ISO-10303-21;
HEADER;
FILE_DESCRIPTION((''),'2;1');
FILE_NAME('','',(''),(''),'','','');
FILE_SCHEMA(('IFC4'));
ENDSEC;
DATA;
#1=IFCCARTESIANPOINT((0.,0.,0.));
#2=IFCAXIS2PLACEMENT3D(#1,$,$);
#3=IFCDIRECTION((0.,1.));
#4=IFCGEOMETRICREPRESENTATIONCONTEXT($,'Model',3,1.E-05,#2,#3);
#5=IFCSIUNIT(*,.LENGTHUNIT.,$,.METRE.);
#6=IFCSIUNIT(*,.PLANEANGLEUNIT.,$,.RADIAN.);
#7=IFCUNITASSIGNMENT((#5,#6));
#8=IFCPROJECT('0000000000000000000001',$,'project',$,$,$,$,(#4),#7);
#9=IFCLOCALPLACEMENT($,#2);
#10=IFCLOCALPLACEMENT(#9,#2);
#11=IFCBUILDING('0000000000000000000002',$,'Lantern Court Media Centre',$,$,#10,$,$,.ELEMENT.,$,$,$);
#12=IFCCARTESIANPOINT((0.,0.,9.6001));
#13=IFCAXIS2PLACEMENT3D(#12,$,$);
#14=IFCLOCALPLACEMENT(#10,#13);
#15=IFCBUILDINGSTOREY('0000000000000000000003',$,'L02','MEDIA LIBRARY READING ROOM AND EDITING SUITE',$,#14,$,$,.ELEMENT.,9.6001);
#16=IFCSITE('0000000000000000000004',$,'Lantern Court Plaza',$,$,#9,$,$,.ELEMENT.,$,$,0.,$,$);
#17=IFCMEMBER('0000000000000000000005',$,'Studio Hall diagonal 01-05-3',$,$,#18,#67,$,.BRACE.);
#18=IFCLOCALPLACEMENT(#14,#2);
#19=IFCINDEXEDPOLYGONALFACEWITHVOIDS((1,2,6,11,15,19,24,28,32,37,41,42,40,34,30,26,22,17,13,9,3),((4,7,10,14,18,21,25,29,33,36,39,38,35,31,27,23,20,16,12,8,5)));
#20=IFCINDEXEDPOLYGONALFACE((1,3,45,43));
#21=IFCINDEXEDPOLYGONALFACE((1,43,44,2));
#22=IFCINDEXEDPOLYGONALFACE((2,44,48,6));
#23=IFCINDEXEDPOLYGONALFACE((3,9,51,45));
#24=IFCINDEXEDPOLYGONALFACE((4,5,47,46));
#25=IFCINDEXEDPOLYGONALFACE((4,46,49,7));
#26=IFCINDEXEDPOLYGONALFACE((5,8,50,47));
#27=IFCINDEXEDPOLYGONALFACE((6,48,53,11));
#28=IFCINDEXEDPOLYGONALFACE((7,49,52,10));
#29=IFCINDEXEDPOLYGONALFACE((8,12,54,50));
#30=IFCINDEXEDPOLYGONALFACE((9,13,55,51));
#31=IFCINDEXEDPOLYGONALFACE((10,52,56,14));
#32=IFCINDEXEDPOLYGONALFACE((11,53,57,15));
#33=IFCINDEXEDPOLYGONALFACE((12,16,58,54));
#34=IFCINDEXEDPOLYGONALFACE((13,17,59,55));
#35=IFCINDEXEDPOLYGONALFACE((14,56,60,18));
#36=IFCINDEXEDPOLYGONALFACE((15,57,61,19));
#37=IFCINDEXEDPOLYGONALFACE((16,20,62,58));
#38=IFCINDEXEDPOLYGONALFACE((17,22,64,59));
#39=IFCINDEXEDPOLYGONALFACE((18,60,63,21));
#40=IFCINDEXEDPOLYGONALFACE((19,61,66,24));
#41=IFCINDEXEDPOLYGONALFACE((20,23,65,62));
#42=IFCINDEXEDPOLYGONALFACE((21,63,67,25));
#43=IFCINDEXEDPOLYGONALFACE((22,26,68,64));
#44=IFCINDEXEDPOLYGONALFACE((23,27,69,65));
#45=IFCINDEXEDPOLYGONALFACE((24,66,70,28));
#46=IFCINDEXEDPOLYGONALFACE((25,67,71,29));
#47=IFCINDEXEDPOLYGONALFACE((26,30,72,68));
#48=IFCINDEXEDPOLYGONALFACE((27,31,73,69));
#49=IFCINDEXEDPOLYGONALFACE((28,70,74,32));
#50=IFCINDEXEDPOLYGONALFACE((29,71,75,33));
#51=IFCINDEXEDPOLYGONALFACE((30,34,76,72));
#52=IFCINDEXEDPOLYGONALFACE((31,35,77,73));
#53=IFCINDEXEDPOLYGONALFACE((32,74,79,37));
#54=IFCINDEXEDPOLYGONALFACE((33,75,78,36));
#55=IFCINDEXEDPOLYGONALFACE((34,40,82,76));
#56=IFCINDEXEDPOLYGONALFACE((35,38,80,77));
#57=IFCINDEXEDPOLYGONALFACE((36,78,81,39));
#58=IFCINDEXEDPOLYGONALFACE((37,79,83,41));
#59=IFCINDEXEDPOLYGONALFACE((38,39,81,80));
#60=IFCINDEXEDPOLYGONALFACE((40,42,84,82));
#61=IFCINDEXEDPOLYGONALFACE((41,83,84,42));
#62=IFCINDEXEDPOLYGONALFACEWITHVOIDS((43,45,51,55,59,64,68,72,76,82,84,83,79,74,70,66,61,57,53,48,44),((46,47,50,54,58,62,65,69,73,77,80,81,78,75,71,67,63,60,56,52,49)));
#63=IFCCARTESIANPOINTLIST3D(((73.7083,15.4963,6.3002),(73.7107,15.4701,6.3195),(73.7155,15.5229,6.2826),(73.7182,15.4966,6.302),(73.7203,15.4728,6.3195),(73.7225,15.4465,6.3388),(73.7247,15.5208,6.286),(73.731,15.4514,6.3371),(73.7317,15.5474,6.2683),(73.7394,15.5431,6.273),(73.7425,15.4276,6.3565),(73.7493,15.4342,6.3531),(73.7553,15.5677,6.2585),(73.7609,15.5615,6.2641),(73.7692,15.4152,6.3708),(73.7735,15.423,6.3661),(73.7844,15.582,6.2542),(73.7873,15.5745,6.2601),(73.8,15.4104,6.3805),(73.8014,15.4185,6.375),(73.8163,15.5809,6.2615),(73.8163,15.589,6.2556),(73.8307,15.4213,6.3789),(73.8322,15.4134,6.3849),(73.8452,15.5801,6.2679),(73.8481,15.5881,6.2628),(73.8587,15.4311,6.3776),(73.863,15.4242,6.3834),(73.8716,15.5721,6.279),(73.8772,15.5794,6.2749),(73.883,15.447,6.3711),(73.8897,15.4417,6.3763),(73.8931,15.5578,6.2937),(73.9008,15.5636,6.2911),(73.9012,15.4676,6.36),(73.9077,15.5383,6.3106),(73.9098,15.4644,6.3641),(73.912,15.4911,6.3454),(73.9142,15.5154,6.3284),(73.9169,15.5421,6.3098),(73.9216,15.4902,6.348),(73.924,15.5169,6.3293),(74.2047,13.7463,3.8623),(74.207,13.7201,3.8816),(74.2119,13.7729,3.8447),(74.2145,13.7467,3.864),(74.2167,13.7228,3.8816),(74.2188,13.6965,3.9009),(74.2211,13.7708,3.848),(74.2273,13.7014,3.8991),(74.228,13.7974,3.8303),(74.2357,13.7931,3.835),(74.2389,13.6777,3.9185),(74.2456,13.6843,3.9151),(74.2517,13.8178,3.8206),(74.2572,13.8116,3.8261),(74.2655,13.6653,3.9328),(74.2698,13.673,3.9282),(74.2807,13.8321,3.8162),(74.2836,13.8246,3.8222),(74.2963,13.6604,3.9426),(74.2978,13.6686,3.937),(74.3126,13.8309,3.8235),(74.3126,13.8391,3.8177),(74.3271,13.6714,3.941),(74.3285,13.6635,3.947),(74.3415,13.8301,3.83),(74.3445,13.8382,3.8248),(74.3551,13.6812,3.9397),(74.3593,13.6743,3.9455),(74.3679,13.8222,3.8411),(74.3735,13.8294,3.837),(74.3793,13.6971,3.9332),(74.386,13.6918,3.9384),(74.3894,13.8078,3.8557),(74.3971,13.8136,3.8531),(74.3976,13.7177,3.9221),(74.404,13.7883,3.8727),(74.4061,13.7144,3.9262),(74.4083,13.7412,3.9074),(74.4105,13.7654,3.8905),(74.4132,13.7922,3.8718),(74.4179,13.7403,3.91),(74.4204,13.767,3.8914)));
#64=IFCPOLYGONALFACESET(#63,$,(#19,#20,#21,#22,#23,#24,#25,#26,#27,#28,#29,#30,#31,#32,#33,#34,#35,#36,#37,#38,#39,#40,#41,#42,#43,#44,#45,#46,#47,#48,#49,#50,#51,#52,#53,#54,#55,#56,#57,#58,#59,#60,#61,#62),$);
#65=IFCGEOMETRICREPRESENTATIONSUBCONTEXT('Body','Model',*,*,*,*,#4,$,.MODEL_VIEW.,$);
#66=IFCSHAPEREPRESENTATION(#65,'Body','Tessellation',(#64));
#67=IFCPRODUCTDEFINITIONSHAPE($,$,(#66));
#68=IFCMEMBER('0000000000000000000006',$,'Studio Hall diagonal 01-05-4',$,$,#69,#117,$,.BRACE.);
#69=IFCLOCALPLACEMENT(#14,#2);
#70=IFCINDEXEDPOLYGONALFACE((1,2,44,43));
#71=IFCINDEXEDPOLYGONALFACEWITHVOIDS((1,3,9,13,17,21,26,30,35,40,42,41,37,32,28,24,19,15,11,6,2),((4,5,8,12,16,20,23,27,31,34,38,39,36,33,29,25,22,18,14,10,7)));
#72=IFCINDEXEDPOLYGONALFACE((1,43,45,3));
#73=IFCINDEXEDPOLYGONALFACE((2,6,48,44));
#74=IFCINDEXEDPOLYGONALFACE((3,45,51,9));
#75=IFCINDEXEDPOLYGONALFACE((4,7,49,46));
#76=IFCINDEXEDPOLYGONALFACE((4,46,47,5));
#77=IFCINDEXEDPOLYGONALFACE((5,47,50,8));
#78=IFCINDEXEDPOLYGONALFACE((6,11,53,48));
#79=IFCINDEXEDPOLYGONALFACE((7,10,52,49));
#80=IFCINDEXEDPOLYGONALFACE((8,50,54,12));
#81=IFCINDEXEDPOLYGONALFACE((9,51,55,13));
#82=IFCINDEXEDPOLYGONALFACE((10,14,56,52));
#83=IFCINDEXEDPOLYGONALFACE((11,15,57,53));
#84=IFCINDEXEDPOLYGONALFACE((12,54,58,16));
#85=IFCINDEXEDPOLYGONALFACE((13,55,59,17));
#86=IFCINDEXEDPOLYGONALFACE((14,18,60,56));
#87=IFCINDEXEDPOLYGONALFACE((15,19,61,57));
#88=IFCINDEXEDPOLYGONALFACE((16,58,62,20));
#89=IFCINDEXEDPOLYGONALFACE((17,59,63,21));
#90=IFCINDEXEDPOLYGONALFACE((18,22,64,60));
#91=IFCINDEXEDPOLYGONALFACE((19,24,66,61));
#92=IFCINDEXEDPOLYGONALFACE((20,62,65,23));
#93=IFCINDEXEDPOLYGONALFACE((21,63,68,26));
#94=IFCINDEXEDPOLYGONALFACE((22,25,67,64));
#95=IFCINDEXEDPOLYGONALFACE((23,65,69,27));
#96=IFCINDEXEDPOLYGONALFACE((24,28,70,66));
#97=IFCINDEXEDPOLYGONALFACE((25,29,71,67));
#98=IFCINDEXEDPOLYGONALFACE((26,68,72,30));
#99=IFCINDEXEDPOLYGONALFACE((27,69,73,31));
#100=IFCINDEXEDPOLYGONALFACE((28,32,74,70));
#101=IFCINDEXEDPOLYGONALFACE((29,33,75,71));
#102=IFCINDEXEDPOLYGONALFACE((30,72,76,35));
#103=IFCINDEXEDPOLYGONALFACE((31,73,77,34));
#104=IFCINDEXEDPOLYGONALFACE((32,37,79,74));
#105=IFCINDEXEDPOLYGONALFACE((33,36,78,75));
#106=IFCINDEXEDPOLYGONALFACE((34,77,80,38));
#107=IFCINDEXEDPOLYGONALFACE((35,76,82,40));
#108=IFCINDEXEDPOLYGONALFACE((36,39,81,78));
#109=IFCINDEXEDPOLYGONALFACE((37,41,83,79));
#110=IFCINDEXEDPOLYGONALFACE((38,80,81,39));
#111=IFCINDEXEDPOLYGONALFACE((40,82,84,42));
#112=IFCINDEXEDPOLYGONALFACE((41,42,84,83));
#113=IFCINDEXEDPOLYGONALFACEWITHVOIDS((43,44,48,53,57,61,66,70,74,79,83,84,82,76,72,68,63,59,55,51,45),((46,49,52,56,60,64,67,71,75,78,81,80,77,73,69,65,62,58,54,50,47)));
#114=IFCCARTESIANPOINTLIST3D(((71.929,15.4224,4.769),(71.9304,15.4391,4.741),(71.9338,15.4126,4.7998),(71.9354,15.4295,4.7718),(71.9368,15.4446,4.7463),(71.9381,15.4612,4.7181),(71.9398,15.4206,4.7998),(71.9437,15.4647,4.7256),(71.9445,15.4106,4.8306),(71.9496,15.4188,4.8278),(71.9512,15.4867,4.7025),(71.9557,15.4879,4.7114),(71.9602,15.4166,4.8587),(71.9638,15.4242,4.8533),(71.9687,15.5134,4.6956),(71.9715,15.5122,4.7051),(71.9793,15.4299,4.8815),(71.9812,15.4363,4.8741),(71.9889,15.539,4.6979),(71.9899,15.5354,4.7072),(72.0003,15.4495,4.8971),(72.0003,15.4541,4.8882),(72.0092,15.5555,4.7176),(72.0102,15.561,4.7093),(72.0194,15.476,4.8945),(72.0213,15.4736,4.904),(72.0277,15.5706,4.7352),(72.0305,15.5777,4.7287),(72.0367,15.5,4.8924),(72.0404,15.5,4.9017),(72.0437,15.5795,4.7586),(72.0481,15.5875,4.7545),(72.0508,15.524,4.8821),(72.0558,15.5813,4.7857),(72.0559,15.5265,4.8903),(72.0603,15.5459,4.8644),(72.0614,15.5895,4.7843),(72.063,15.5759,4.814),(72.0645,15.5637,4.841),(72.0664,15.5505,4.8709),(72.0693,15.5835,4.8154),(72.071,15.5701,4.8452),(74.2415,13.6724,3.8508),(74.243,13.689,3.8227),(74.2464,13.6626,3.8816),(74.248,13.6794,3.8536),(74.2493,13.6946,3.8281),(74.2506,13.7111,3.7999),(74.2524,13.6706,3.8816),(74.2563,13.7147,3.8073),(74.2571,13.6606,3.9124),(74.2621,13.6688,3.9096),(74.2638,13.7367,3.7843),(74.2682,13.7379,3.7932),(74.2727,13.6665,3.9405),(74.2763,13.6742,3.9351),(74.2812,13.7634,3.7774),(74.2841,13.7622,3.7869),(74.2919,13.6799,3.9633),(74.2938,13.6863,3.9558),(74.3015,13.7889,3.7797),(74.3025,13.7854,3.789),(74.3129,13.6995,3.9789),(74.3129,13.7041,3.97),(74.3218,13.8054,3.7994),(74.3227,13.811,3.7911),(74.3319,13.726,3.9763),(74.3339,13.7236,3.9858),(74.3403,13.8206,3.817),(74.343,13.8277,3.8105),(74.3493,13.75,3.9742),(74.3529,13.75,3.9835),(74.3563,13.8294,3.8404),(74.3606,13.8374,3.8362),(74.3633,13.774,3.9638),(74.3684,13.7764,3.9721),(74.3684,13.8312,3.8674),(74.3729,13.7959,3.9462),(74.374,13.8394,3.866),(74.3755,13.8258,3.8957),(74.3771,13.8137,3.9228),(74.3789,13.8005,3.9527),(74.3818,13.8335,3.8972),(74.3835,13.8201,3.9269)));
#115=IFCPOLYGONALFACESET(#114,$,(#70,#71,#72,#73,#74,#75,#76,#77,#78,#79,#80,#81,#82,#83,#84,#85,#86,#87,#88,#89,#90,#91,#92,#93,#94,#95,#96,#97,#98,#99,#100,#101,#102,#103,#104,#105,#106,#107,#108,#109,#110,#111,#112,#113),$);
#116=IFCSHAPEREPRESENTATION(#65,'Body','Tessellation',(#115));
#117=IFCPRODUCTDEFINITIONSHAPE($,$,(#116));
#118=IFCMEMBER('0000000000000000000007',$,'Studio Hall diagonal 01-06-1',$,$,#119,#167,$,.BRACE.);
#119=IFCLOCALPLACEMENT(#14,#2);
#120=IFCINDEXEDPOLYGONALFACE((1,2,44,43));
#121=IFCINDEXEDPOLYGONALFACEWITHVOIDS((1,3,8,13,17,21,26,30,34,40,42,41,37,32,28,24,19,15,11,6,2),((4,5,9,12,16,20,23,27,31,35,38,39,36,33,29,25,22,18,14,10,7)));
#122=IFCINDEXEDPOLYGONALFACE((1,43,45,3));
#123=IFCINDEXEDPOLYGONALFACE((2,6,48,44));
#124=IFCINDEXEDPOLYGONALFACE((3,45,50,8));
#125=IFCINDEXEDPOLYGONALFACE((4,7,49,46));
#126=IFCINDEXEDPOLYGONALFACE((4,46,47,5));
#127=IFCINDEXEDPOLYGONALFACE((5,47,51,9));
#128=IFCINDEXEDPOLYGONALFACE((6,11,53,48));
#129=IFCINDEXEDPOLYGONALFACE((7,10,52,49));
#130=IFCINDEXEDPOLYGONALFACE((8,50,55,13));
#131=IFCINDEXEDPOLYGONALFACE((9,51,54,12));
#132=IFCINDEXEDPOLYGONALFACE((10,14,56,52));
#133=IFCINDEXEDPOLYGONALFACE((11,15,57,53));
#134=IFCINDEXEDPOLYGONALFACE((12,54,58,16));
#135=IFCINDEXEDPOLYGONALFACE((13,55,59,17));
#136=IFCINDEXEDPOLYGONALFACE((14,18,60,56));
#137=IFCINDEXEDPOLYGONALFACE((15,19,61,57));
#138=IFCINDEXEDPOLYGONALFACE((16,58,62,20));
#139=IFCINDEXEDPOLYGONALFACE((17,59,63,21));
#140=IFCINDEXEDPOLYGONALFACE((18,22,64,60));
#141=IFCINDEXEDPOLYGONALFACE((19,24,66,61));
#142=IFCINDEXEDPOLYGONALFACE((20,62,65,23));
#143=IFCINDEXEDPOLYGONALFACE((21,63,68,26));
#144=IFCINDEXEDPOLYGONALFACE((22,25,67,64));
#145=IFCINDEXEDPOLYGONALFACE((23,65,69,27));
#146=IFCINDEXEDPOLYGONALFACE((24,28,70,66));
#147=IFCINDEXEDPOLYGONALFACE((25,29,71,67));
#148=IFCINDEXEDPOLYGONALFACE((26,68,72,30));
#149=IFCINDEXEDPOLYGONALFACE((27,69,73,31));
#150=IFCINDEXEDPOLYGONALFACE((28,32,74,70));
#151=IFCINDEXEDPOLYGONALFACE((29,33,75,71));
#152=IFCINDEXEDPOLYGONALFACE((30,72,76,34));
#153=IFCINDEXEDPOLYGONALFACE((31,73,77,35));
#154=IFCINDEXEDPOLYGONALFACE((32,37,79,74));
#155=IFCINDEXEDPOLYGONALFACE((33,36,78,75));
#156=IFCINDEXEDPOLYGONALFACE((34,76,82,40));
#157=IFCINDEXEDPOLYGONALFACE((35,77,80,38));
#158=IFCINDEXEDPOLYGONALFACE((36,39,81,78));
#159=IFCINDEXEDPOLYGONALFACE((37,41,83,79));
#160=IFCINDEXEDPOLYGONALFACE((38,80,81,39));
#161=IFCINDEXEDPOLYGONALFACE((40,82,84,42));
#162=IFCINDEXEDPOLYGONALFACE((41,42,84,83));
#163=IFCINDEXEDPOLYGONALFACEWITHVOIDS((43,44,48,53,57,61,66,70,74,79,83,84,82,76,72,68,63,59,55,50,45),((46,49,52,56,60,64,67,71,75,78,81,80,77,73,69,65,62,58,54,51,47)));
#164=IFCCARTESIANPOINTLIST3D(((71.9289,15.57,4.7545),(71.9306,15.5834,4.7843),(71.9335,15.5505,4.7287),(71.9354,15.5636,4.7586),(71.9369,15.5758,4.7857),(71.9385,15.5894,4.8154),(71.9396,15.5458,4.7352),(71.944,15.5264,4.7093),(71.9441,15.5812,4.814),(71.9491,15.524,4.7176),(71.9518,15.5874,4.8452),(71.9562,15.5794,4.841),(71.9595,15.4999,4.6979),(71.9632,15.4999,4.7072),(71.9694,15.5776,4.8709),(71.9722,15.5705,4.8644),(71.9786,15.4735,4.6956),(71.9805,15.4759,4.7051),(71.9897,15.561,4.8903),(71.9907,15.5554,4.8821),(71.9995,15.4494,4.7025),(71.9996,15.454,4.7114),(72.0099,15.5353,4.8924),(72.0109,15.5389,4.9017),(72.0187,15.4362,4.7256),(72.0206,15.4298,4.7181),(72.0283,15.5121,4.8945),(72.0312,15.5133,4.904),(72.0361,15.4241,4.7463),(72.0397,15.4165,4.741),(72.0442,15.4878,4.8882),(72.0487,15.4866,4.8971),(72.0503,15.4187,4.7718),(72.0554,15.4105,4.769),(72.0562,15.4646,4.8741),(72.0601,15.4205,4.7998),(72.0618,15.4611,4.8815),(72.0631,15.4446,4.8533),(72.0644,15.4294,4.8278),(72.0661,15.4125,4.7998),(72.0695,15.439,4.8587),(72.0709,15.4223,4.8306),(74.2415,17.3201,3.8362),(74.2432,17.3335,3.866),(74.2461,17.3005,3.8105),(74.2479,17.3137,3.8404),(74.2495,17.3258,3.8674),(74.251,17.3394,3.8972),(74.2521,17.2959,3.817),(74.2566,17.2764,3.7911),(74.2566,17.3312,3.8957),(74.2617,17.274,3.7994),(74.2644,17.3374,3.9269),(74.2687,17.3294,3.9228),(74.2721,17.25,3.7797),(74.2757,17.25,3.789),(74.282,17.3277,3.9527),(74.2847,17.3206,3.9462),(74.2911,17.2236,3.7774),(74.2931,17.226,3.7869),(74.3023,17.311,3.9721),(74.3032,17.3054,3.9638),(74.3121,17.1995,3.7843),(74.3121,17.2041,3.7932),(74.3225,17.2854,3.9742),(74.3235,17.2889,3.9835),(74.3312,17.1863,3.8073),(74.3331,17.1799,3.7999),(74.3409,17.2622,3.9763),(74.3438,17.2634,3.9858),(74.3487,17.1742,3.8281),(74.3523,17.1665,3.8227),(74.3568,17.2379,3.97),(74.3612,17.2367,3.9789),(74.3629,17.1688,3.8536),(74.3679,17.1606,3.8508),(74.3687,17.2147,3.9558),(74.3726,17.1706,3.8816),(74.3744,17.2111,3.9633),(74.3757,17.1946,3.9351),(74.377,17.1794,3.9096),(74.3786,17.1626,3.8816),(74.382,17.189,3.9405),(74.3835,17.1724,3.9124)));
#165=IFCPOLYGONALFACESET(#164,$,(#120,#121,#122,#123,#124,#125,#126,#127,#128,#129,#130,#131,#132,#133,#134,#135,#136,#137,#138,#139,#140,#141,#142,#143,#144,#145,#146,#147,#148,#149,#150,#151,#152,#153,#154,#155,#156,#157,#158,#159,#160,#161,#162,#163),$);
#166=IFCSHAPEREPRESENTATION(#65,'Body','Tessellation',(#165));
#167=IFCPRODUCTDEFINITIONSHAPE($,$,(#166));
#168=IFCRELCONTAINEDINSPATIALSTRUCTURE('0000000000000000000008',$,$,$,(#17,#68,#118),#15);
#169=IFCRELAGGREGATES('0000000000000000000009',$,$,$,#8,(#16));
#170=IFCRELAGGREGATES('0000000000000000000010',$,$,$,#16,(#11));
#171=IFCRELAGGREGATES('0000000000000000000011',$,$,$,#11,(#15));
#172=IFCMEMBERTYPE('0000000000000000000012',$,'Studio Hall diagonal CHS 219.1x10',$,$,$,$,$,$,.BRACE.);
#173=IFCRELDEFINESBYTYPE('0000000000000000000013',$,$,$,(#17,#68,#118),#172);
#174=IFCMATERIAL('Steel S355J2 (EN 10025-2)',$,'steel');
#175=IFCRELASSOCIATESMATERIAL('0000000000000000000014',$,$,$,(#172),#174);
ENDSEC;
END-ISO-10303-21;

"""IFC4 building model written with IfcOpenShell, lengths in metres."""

from ifc_helpers import new_model, si_unit, direction, frame, origin, origin_2d, place, context, subcontext, project, spatial, hollow_circle, extrude, material, material_profile, profile_set, type_object, element, save


model = new_model("IFC4")

# Units and contexts
model_context = context("Model", 3, precision=1e-05, world=origin(), true_north=direction((0.0, 1.0)))
body_context = subcontext(model_context, "Body", "Model", "MODEL_VIEW")
ifc_project = project(units=[si_unit("LENGTHUNIT", "METRE"), si_unit("PLANEANGLEUNIT", "RADIAN")], contexts=[model_context])

# Site, building, storey
site_placement = place(None, origin())
site = spatial("IfcSite", under=ifc_project, at=site_placement, Name="Lantern Court Plaza", CompositionType="ELEMENT", RefElevation=0.0)
building_placement = place(site_placement, origin())
building = spatial("IfcBuilding", under=site, at=building_placement, Name="Lantern Court Media Centre", CompositionType="ELEMENT")
storey_placement = place(building_placement, frame((0.0, 0.0, 9.6001)))
storey = spatial("IfcBuildingStorey", under=building, at=storey_placement, Name="L02", Description="MEDIA LIBRARY READING ROOM AND EDITING SUITE", CompositionType="ELEMENT", Elevation=9.6001)

# Members
ifc_material_1 = material(Name="Steel S355J2 (EN 10025-2)", Category="steel")
ifc_material_profile_1 = material_profile(ifc_material_1, hollow_circle(Radius=0.1096, WallThickness=0.01, at=origin_2d()), Name="Studio Hall diagonal CHS 219.1x10")
ifc_profile_set_1 = profile_set([ifc_material_profile_1], Name="Steel S355J2 (EN 10025-2)")
member_type_1 = type_object("IfcMemberType", Name="Studio Hall diagonal CHS 219.1x10", PredefinedType="BRACE", material=ifc_profile_set_1)
for number, where, z_axis, x_axis, name in (
    (1, (74.3125, 13.75, 3.8816), (-0.163172, 0.575314, 0.801491), (-0.962054, -0.272859, 0.0), "Studio Hall diagonal 01-05-3"),
):
    element("IfcMember", number, at=place(storey_placement, frame(where, z_axis=z_axis, x_axis=x_axis)), inside=storey, type_object=member_type_1, Name=name, PredefinedType="BRACE", context=body_context, shape_type="SweptSolid", body=[
        extrude(hollow_circle(Radius=0.1096, WallThickness=0.01, at=origin_2d()), origin(), (0.0, 0.0, 1.0), 3.0417),
    ])
for number, where, z_axis, x_axis, name in (
    (2, (74.3125, 13.75, 3.8816), (-0.760211, 0.575295, 0.301853), (-0.603443, -0.797406, 0.0), "Studio Hall diagonal 01-05-4"),
    (3, (74.3125, 17.25, 3.8816), (-0.760211, -0.575295, 0.301853), (0.603443, -0.797406, 0.0), "Studio Hall diagonal 01-06-1"),
):
    element("IfcMember", number, at=place(storey_placement, frame(where, z_axis=z_axis, x_axis=x_axis)), inside=storey, type_object=member_type_1, Name=name, PredefinedType="BRACE", context=body_context, shape_type="SweptSolid", body=[
        extrude(hollow_circle(Radius=0.1096, WallThickness=0.01, at=origin_2d()), origin(), (0.0, 0.0, 1.0), 3.042),
    ])

save(model, "model.ifc")
